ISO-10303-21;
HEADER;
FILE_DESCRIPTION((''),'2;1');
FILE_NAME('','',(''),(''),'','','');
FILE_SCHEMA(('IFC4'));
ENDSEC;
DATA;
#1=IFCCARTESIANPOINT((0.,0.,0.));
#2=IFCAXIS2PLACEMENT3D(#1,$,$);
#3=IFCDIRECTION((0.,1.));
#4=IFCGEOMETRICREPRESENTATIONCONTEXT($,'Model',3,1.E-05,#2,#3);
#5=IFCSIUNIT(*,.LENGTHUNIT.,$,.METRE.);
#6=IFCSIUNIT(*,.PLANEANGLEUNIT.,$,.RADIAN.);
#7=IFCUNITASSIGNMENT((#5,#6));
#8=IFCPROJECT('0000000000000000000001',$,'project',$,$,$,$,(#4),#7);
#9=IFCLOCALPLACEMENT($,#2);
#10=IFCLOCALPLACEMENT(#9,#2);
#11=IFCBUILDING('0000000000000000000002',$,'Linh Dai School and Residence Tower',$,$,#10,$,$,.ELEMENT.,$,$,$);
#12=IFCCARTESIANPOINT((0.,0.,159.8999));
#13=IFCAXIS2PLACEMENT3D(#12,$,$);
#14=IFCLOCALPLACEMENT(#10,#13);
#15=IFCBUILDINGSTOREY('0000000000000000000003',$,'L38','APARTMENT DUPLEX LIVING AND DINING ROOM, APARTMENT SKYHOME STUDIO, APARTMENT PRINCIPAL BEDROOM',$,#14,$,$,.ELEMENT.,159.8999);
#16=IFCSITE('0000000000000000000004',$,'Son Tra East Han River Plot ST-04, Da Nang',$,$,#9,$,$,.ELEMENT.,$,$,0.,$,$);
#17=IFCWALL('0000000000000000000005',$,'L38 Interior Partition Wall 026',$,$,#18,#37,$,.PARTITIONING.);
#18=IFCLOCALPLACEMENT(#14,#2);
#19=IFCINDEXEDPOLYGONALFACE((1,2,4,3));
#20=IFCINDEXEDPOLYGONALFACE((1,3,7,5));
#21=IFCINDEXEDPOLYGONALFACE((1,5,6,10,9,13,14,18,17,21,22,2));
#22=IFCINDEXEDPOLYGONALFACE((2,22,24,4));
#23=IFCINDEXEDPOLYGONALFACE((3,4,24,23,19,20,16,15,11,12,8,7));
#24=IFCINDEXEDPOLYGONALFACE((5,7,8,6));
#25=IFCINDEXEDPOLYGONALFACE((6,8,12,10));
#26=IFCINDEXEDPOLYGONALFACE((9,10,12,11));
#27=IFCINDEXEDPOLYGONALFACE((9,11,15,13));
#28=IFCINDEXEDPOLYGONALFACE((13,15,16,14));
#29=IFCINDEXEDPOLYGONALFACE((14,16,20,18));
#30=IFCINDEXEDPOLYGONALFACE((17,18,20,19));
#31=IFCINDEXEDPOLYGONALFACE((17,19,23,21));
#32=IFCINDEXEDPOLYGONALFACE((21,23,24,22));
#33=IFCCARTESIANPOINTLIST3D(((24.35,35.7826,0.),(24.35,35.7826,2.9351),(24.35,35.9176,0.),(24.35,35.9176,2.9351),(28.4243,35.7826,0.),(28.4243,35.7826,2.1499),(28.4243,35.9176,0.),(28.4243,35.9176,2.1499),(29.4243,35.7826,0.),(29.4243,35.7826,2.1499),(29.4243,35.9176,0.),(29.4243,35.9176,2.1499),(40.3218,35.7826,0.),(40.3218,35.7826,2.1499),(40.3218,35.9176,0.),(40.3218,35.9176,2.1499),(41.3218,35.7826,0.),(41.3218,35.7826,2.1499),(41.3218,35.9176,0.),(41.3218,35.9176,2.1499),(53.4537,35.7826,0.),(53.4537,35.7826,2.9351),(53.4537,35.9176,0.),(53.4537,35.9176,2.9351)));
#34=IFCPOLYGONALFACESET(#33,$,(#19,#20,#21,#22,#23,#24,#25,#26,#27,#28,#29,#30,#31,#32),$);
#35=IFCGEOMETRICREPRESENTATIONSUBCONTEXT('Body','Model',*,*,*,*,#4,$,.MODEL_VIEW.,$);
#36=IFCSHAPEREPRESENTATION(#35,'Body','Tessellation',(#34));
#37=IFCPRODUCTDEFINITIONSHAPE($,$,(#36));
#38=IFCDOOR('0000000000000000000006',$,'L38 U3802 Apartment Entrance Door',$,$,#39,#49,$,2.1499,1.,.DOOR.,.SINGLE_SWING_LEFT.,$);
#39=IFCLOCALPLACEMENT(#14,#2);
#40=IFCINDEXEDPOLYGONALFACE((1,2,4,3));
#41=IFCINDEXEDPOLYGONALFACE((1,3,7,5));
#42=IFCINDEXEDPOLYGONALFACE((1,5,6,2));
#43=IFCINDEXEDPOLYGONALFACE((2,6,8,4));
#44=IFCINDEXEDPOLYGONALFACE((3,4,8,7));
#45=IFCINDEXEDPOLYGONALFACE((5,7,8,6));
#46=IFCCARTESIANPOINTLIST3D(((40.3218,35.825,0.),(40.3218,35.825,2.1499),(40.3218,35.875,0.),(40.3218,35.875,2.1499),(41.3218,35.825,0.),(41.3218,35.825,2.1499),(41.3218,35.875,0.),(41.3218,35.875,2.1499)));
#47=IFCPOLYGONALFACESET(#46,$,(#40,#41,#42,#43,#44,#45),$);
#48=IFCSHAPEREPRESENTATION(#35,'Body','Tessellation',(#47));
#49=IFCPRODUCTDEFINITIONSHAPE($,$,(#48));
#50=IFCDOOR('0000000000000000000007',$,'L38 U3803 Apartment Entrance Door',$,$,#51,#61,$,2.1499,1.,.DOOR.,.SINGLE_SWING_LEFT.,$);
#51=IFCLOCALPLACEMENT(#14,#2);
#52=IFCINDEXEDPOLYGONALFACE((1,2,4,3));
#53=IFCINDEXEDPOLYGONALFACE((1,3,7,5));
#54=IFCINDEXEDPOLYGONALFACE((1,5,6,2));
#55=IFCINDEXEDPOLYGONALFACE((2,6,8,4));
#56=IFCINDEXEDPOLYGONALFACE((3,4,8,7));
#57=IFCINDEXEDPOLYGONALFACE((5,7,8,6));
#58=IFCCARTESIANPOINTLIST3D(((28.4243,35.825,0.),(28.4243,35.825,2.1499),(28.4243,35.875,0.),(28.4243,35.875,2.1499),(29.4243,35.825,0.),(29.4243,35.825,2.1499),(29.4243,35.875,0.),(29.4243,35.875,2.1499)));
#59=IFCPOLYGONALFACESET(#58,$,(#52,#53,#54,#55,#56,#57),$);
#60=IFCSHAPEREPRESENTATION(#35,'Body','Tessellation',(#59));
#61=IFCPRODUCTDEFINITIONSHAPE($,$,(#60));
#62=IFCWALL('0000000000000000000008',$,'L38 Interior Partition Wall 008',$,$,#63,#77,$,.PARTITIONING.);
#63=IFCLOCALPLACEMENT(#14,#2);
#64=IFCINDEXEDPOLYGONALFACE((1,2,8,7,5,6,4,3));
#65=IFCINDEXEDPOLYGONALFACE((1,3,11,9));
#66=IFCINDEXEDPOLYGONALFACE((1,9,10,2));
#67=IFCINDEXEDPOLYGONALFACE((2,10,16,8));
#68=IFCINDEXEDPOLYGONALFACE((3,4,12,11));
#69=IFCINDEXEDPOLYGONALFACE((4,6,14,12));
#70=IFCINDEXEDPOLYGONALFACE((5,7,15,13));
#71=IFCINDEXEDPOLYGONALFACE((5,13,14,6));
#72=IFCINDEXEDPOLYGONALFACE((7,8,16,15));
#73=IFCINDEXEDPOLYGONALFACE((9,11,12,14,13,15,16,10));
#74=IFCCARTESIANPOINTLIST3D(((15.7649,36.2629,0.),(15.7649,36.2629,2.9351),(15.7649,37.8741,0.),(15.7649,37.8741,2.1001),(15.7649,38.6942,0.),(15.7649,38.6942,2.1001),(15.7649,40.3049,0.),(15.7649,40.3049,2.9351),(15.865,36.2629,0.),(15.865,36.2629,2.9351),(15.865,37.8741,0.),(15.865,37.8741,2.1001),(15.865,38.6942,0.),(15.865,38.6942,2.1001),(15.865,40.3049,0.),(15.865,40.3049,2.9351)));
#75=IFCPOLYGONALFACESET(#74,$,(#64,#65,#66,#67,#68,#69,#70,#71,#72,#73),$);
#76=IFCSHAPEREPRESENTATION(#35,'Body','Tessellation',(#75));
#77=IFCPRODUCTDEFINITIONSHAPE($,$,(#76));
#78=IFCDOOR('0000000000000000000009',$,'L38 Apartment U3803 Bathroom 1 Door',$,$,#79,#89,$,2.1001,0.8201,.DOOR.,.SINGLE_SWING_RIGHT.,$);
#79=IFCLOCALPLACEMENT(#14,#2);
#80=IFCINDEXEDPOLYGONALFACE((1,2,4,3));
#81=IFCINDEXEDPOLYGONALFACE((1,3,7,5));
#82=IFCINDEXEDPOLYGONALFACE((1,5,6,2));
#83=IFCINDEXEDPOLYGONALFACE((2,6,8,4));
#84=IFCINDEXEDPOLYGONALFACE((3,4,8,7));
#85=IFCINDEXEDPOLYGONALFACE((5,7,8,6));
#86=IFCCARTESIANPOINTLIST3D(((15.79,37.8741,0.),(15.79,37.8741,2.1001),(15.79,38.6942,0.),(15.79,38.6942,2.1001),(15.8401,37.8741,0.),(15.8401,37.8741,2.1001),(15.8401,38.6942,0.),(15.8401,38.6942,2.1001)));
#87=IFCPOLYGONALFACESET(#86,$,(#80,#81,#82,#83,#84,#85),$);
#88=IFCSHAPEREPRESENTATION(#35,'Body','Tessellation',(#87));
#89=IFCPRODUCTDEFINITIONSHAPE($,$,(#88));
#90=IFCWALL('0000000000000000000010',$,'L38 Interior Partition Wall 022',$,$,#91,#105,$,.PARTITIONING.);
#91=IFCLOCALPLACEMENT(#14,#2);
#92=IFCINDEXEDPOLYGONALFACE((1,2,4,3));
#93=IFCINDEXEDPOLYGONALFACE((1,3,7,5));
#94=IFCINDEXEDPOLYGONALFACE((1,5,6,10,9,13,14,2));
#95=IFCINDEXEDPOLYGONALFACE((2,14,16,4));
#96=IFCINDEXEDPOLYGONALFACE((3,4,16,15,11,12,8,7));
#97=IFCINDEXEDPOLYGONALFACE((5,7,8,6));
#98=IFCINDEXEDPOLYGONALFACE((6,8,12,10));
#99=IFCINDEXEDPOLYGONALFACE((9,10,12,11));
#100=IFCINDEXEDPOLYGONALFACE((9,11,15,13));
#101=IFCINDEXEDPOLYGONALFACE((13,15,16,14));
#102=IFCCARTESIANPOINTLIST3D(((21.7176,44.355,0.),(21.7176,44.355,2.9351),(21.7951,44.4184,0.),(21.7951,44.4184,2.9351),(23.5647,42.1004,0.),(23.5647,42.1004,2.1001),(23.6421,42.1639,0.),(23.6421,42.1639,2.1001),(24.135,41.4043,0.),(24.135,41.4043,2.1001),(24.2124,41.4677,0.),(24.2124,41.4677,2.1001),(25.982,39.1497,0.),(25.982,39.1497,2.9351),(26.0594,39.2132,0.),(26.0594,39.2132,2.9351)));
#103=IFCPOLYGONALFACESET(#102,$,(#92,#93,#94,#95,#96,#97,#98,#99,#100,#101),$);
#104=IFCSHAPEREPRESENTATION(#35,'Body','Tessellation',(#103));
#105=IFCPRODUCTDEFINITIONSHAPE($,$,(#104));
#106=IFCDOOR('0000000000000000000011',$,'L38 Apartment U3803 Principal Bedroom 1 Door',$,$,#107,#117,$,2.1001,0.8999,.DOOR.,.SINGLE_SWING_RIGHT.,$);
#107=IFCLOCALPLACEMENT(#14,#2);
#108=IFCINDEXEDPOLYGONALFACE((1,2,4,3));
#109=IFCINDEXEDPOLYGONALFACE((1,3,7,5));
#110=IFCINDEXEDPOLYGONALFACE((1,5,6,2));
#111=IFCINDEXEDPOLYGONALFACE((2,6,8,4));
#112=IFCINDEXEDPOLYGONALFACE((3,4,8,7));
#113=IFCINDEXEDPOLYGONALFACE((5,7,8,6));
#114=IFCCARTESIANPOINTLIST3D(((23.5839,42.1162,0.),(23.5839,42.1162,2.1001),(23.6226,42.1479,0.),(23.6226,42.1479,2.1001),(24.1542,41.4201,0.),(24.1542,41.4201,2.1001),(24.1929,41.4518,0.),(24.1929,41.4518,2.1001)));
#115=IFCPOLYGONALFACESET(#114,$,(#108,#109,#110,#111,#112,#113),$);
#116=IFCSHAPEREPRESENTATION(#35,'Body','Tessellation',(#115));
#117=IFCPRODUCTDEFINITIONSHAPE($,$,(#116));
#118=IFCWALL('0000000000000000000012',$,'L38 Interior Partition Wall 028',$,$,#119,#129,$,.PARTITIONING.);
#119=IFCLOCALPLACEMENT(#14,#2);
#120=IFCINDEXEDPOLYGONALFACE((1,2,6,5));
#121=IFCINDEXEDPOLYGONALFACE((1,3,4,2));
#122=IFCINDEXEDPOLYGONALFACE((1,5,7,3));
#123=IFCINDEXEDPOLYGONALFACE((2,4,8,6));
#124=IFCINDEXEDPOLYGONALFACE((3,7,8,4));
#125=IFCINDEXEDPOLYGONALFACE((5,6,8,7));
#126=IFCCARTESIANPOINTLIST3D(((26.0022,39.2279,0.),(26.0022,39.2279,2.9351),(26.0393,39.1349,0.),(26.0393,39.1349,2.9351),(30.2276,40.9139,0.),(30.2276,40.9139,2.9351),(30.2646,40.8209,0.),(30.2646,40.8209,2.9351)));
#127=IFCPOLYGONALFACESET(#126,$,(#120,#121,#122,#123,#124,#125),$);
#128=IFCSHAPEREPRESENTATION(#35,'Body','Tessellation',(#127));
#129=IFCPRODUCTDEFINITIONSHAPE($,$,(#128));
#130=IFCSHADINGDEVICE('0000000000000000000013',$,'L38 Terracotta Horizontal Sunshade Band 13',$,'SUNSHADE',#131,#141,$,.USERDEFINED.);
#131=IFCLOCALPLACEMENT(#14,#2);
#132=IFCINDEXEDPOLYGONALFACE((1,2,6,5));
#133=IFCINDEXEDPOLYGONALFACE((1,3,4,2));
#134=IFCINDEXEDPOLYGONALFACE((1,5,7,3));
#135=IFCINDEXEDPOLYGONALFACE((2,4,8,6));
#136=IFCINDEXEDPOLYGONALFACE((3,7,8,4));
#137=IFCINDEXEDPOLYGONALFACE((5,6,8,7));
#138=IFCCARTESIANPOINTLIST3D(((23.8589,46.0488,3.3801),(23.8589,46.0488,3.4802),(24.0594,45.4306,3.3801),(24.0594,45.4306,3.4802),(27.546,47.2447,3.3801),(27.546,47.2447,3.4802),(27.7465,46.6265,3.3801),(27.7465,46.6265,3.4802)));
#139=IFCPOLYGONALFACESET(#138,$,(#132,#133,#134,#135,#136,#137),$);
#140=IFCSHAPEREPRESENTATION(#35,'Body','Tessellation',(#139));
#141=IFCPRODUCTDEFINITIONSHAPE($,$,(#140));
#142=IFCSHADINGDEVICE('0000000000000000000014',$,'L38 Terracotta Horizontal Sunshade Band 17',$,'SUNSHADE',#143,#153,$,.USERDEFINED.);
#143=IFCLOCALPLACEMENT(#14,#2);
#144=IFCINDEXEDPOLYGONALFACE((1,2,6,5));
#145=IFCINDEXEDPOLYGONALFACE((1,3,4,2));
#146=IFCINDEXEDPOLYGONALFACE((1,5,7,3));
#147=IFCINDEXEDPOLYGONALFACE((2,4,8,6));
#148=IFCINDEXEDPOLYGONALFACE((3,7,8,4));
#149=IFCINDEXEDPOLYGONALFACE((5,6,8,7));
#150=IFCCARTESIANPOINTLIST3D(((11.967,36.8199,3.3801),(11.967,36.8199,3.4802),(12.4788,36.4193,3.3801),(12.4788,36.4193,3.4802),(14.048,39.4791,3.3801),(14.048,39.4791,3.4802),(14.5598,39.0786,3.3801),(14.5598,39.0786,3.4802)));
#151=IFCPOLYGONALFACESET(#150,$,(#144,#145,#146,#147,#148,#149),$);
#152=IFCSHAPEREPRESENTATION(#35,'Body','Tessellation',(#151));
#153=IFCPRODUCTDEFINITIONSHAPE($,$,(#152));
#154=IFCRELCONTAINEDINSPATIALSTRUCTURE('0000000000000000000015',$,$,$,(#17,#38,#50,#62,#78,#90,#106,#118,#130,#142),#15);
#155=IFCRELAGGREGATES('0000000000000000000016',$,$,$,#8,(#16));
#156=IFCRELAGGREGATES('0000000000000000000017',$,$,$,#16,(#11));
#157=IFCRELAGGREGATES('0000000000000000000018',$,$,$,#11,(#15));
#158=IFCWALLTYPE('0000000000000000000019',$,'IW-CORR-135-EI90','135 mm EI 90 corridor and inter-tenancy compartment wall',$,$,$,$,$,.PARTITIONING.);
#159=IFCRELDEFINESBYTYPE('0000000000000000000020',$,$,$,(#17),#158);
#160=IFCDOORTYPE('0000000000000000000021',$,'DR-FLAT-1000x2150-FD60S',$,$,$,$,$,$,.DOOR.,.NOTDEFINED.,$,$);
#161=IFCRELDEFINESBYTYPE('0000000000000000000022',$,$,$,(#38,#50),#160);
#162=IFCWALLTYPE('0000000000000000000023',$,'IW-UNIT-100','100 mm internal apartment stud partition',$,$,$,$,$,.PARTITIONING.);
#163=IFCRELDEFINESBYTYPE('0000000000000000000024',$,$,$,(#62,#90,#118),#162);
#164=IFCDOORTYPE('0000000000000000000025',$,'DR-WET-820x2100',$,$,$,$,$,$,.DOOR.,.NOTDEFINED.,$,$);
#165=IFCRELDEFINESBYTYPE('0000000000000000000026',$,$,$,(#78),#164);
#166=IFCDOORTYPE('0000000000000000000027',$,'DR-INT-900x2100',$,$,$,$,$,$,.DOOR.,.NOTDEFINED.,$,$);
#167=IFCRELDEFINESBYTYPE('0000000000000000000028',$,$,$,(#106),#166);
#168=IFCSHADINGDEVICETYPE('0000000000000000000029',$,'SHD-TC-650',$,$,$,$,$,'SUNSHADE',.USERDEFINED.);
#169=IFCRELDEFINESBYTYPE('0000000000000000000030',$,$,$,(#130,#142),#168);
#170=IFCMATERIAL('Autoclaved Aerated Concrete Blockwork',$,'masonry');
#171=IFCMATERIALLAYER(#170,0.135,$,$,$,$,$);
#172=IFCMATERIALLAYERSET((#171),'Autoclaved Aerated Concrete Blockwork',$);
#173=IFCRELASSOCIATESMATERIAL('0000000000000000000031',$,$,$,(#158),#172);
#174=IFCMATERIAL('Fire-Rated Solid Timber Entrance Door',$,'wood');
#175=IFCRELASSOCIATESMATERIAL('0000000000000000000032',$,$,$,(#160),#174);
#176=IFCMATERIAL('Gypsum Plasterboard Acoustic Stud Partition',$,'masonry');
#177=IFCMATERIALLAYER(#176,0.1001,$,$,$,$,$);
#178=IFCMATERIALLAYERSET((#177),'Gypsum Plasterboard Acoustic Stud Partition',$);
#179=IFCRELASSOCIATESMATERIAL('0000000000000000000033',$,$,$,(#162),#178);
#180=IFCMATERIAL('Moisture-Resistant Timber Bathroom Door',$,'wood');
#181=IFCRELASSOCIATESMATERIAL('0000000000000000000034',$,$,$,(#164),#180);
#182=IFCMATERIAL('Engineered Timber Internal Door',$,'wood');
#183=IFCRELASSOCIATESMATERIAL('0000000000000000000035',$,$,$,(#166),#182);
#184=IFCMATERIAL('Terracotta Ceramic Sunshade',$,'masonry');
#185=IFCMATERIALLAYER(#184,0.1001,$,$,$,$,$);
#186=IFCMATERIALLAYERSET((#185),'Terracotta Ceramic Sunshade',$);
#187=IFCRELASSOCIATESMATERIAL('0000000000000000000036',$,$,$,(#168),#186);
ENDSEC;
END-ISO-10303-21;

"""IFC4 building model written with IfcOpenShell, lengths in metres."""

from ifc_helpers import new_model, si_unit, direction, frame, frame_2d, origin, origin_2d, place, context, subcontext, project, spatial, rectangle, extrude, source, transform, mapped, material, layer, layer_set, type_object, element, fill, save


model = new_model("IFC4")

# Units and contexts
model_context = context("Model", 3, precision=1e-05, world=origin(), true_north=direction((0.0, 1.0)))
body_context = subcontext(model_context, "Body", "Model", "MODEL_VIEW")
ifc_project = project(units=[si_unit("LENGTHUNIT", "METRE"), si_unit("PLANEANGLEUNIT", "RADIAN")], contexts=[model_context])

# Site, building, storey
site_placement = place(None, origin())
site = spatial("IfcSite", under=ifc_project, at=site_placement, Name="Son Tra East Han River Plot ST-04, Da Nang", CompositionType="ELEMENT", RefElevation=0.0)
building_placement = place(site_placement, origin())
building = spatial("IfcBuilding", under=site, at=building_placement, Name="Linh Dai School and Residence Tower", CompositionType="ELEMENT")
storey_placement = place(building_placement, frame((0.0, 0.0, 159.8999)))
storey = spatial("IfcBuildingStorey", under=building, at=storey_placement, Name="L38", Description="APARTMENT DUPLEX LIVING AND DINING ROOM, APARTMENT SKYHOME STUDIO, APARTMENT PRINCIPAL BEDROOM", CompositionType="ELEMENT", Elevation=159.8999)

# Shared definitions
ifc_material_1 = material(Name="Autoclaved Aerated Concrete Blockwork", Category="masonry")
ifc_layer_1 = layer(ifc_material_1, 0.135)
ifc_layer_set_1 = layer_set([ifc_layer_1], Name="Autoclaved Aerated Concrete Blockwork")
wall_type_1 = type_object("IfcWallType", Name="IW-CORR-135-EI90", Description="135 mm EI 90 corridor and inter-tenancy compartment wall", PredefinedType="PARTITIONING", material=ifc_layer_set_1)

# Wall, openings, doors
wall_1_placement = place(storey_placement, frame((24.3501, 35.8501, 0.0), z_axis=(0.0, 0.0, 1.0), x_axis=(1.0, 0.0, 0.0)))
wall_1 = element("IfcWall", 1, at=wall_1_placement, inside=storey, type_object=wall_type_1, Name="L38 Interior Partition Wall 026", PredefinedType="PARTITIONING", context=body_context, shape_type="SweptSolid", body=[
    extrude(rectangle(XDim=29.1038, YDim=0.135, at=frame_2d((14.5518, 0.0))), origin(), (0.0, 0.0, 1.0), 2.9351),
])
opening_1_placement = place(wall_1_placement, frame((15.9717, 0.0, 0.0)))
opening_1 = element("IfcOpeningElement", 2, at=opening_1_placement, cuts=wall_1, PredefinedType="OPENING", context=body_context, shape_type="SweptSolid", body=[
    extrude(rectangle(XDim=1.0, YDim=2.1499, at=origin_2d()), frame((0.5, 0.0776, 1.075), z_axis=(0.0, -1.0, 0.0), x_axis=(1.0, 0.0, 0.0)), (0.0, 0.0, 1.0), 0.155),
])
opening_2_placement = place(wall_1_placement, frame((4.0742, 0.0, 0.0)))
opening_2 = element("IfcOpeningElement", 3, at=opening_2_placement, cuts=wall_1, PredefinedType="OPENING", context=body_context, shape_type="SweptSolid", body=[
    extrude(rectangle(XDim=1.0, YDim=2.1499, at=origin_2d()), frame((0.5, 0.0776, 1.075), z_axis=(0.0, -1.0, 0.0), x_axis=(1.0, 0.0, 0.0)), (0.0, 0.0, 1.0), 0.155),
])
ifc_material_2 = material(Name="Fire-Rated Solid Timber Entrance Door", Category="wood")
door_type_1 = type_object("IfcDoorType", Name="DR-FLAT-1000x2150-FD60S", OperationType="NOTDEFINED", PredefinedType="DOOR", material=ifc_material_2)
shared_shape_1 = source(origin(), body_context, "Body", "SweptSolid", [
    extrude(rectangle(XDim=1.0, YDim=2.1499, at=origin_2d()), frame((0.5, 0.0249, 1.075), z_axis=(0.0, -1.0, 0.0), x_axis=(1.0, 0.0, 0.0)), (0.0, 0.0, 1.0), 0.05),
])
door_1_placement = place(opening_1_placement, origin())
door_1 = element("IfcDoor", 4, at=door_1_placement, inside=storey, type_object=door_type_1, Name="L38 U3802 Apartment Entrance Door", OperationType="SINGLE_SWING_LEFT", OverallHeight=2.1499, OverallWidth=1.0, PredefinedType="DOOR", context=body_context, shape_type="MappedRepresentation", body=[
    mapped(shared_shape_1, transform((0.0, 0.0, 0.0), x_axis=(1.0, 0.0, 0.0), y_axis=(0.0, 1.0, 0.0), z_axis=(0.0, 0.0, 1.0), scale=1.0)),
])
fill(opening_1, door_1)
door_2_placement = place(opening_2_placement, origin())
door_2 = element("IfcDoor", 5, at=door_2_placement, inside=storey, type_object=door_type_1, Name="L38 U3803 Apartment Entrance Door", OperationType="SINGLE_SWING_LEFT", OverallHeight=2.1499, OverallWidth=1.0, PredefinedType="DOOR", context=body_context, shape_type="MappedRepresentation", body=[
    mapped(shared_shape_1, transform((0.0, 0.0, 0.0), x_axis=(1.0, 0.0, 0.0), y_axis=(0.0, 1.0, 0.0), z_axis=(0.0, 0.0, 1.0), scale=1.0)),
])
fill(opening_2, door_2)

# Walls, openings, doors
ifc_material_3 = material(Name="Gypsum Plasterboard Acoustic Stud Partition", Category="masonry")
ifc_layer_2 = layer(ifc_material_3, 0.1001)
ifc_layer_set_2 = layer_set([ifc_layer_2], Name="Gypsum Plasterboard Acoustic Stud Partition")
wall_type_2 = type_object("IfcWallType", Name="IW-UNIT-100", Description="100 mm internal apartment stud partition", PredefinedType="PARTITIONING", material=ifc_layer_set_2)
wall_2_placement = place(storey_placement, frame((15.8149, 36.2629, 0.0), z_axis=(0.0, 0.0, 1.0), x_axis=(0.0, 1.0, 0.0)))
wall_2 = element("IfcWall", 6, at=wall_2_placement, inside=storey, type_object=wall_type_2, Name="L38 Interior Partition Wall 008", PredefinedType="PARTITIONING", context=body_context, shape_type="SweptSolid", body=[
    extrude(rectangle(XDim=4.042, YDim=0.1001, at=frame_2d((2.021, 0.0))), origin(), (0.0, 0.0, 1.0), 2.9351),
])
opening_3_placement = place(wall_2_placement, frame((1.6111, 0.0, 0.0)))
opening_3 = element("IfcOpeningElement", 7, at=opening_3_placement, cuts=wall_2, PredefinedType="OPENING", context=body_context, shape_type="SweptSolid", body=[
    extrude(rectangle(XDim=0.8201, YDim=2.1001, at=origin_2d()), frame((0.4102, 0.0601, 1.05), z_axis=(0.0, -1.0, 0.0), x_axis=(1.0, 0.0, 0.0)), (0.0, 0.0, 1.0), 0.1201),
])
ifc_material_4 = material(Name="Moisture-Resistant Timber Bathroom Door", Category="wood")
door_type_2 = type_object("IfcDoorType", Name="DR-WET-820x2100", OperationType="NOTDEFINED", PredefinedType="DOOR", material=ifc_material_4)
shared_shape_2 = source(origin(), body_context, "Body", "SweptSolid", [
    extrude(rectangle(XDim=0.8201, YDim=2.1001, at=origin_2d()), frame((0.4102, 0.0249, 1.05), z_axis=(0.0, -1.0, 0.0), x_axis=(1.0, 0.0, 0.0)), (0.0, 0.0, 1.0), 0.05),
])
door_3_placement = place(opening_3_placement, origin())
door_3 = element("IfcDoor", 8, at=door_3_placement, inside=storey, type_object=door_type_2, Name="L38 Apartment U3803 Bathroom 1 Door", OperationType="SINGLE_SWING_RIGHT", OverallHeight=2.1001, OverallWidth=0.8201, PredefinedType="DOOR", context=body_context, shape_type="MappedRepresentation", body=[
    mapped(shared_shape_2, transform((0.0, 0.0, 0.0), x_axis=(1.0, 0.0, 0.0), y_axis=(0.0, 1.0, 0.0), z_axis=(0.0, 0.0, 1.0), scale=1.0)),
])
fill(opening_3, door_3)
wall_3_placement = place(storey_placement, frame((21.7563, 44.3867, 0.0), z_axis=(0.0, 0.0, 1.0), x_axis=(0.633728, -0.773556, 0.0)))
wall_3 = element("IfcWall", 9, at=wall_3_placement, inside=storey, type_object=wall_type_2, Name="L38 Interior Partition Wall 022", PredefinedType="PARTITIONING", context=body_context, shape_type="SweptSolid", body=[
    extrude(rectangle(XDim=6.729, YDim=0.1001, at=frame_2d((3.3645, 0.0))), origin(), (0.0, 0.0, 1.0), 2.9351),
])
opening_4_placement = place(wall_3_placement, frame((2.9146, 0.0, 0.0)))
opening_4 = element("IfcOpeningElement", 10, at=opening_4_placement, cuts=wall_3, PredefinedType="OPENING", context=body_context, shape_type="SweptSolid", body=[
    extrude(rectangle(XDim=0.8999, YDim=2.1001, at=origin_2d()), frame((0.45, 0.0601, 1.05), z_axis=(0.0, -1.0, 0.0), x_axis=(1.0, 0.0, 0.0)), (0.0, 0.0, 1.0), 0.1201),
])
ifc_material_5 = material(Name="Engineered Timber Internal Door", Category="wood")
door_type_3 = type_object("IfcDoorType", Name="DR-INT-900x2100", OperationType="NOTDEFINED", PredefinedType="DOOR", material=ifc_material_5)
shared_shape_3 = source(origin(), body_context, "Body", "SweptSolid", [
    extrude(rectangle(XDim=0.8999, YDim=2.1001, at=origin_2d()), frame((0.45, 0.0249, 1.05), z_axis=(0.0, -1.0, 0.0), x_axis=(1.0, 0.0, 0.0)), (0.0, 0.0, 1.0), 0.05),
])
door_4_placement = place(opening_4_placement, origin())
door_4 = element("IfcDoor", 11, at=door_4_placement, inside=storey, type_object=door_type_3, Name="L38 Apartment U3803 Principal Bedroom 1 Door", OperationType="SINGLE_SWING_RIGHT", OverallHeight=2.1001, OverallWidth=0.8999, PredefinedType="DOOR", context=body_context, shape_type="MappedRepresentation", body=[
    mapped(shared_shape_3, transform((0.0, 0.0, 0.0), x_axis=(1.0, 0.0, 0.0), y_axis=(0.0, 1.0, 0.0), z_axis=(0.0, 0.0, 1.0), scale=1.0)),
])
fill(opening_4, door_4)

# Wall
wall_4_placement = place(storey_placement, frame((26.0208, 39.1814, 0.0), z_axis=(0.0, 0.0, 1.0), x_axis=(0.928787, 0.370613, 0.0)))
element("IfcWall", 12, at=wall_4_placement, inside=storey, type_object=wall_type_2, Name="L38 Interior Partition Wall 028", PredefinedType="PARTITIONING", context=body_context, shape_type="SweptSolid", body=[
    extrude(rectangle(XDim=4.5493, YDim=0.1001, at=frame_2d((2.2747, 0.0))), origin(), (0.0, 0.0, 1.0), 2.9351),
])

# Shading devices
ifc_material_6 = material(Name="Terracotta Ceramic Sunshade", Category="masonry")
ifc_layer_3 = layer(ifc_material_6, 0.1001)
ifc_layer_set_3 = layer_set([ifc_layer_3], Name="Terracotta Ceramic Sunshade")
shading_device_type = type_object("IfcShadingDeviceType", Name="SHD-TC-650", ElementType="SUNSHADE", PredefinedType="USERDEFINED", material=ifc_layer_set_3)
shared_shape_4 = source(origin(), body_context, "Body", "SweptSolid", [
    extrude(rectangle(XDim=3.8762, YDim=0.6499, at=origin_2d()), origin(), (0.0, 0.0, 1.0), 0.1001),
])
shading_device_1_placement = place(storey_placement, frame((25.8027, 46.3376, 3.3801), z_axis=(0.0, 0.0, 1.0), x_axis=(0.951213, 0.308536, 0.0)))
element("IfcShadingDevice", 13, at=shading_device_1_placement, inside=storey, type_object=shading_device_type, Name="L38 Terracotta Horizontal Sunshade Band 13", ObjectType="SUNSHADE", PredefinedType="USERDEFINED", context=body_context, shape_type="MappedRepresentation", body=[
    mapped(shared_shape_4, transform((0.0, 0.0, 0.0), x_axis=(1.0, 0.0, 0.0), y_axis=(0.0, 1.0, 0.0), z_axis=(0.0, 0.0, 1.0), scale=1.0)),
])
shared_shape_5 = source(origin(), body_context, "Body", "SweptSolid", [
    extrude(rectangle(XDim=3.3767, YDim=0.6499, at=origin_2d()), origin(), (0.0, 0.0, 1.0), 0.1001),
])
shading_device_2_placement = place(storey_placement, frame((13.2634, 37.9492, 3.3801), z_axis=(0.0, 0.0, 1.0), x_axis=(0.616286, 0.787522, 0.0)))
element("IfcShadingDevice", 14, at=shading_device_2_placement, inside=storey, type_object=shading_device_type, Name="L38 Terracotta Horizontal Sunshade Band 17", ObjectType="SUNSHADE", PredefinedType="USERDEFINED", context=body_context, shape_type="MappedRepresentation", body=[
    mapped(shared_shape_5, transform((0.0, 0.0, 0.0), x_axis=(1.0, 0.0, 0.0), y_axis=(0.0, 1.0, 0.0), z_axis=(0.0, 0.0, 1.0), scale=1.0)),
])

save(model, "model.ifc")
